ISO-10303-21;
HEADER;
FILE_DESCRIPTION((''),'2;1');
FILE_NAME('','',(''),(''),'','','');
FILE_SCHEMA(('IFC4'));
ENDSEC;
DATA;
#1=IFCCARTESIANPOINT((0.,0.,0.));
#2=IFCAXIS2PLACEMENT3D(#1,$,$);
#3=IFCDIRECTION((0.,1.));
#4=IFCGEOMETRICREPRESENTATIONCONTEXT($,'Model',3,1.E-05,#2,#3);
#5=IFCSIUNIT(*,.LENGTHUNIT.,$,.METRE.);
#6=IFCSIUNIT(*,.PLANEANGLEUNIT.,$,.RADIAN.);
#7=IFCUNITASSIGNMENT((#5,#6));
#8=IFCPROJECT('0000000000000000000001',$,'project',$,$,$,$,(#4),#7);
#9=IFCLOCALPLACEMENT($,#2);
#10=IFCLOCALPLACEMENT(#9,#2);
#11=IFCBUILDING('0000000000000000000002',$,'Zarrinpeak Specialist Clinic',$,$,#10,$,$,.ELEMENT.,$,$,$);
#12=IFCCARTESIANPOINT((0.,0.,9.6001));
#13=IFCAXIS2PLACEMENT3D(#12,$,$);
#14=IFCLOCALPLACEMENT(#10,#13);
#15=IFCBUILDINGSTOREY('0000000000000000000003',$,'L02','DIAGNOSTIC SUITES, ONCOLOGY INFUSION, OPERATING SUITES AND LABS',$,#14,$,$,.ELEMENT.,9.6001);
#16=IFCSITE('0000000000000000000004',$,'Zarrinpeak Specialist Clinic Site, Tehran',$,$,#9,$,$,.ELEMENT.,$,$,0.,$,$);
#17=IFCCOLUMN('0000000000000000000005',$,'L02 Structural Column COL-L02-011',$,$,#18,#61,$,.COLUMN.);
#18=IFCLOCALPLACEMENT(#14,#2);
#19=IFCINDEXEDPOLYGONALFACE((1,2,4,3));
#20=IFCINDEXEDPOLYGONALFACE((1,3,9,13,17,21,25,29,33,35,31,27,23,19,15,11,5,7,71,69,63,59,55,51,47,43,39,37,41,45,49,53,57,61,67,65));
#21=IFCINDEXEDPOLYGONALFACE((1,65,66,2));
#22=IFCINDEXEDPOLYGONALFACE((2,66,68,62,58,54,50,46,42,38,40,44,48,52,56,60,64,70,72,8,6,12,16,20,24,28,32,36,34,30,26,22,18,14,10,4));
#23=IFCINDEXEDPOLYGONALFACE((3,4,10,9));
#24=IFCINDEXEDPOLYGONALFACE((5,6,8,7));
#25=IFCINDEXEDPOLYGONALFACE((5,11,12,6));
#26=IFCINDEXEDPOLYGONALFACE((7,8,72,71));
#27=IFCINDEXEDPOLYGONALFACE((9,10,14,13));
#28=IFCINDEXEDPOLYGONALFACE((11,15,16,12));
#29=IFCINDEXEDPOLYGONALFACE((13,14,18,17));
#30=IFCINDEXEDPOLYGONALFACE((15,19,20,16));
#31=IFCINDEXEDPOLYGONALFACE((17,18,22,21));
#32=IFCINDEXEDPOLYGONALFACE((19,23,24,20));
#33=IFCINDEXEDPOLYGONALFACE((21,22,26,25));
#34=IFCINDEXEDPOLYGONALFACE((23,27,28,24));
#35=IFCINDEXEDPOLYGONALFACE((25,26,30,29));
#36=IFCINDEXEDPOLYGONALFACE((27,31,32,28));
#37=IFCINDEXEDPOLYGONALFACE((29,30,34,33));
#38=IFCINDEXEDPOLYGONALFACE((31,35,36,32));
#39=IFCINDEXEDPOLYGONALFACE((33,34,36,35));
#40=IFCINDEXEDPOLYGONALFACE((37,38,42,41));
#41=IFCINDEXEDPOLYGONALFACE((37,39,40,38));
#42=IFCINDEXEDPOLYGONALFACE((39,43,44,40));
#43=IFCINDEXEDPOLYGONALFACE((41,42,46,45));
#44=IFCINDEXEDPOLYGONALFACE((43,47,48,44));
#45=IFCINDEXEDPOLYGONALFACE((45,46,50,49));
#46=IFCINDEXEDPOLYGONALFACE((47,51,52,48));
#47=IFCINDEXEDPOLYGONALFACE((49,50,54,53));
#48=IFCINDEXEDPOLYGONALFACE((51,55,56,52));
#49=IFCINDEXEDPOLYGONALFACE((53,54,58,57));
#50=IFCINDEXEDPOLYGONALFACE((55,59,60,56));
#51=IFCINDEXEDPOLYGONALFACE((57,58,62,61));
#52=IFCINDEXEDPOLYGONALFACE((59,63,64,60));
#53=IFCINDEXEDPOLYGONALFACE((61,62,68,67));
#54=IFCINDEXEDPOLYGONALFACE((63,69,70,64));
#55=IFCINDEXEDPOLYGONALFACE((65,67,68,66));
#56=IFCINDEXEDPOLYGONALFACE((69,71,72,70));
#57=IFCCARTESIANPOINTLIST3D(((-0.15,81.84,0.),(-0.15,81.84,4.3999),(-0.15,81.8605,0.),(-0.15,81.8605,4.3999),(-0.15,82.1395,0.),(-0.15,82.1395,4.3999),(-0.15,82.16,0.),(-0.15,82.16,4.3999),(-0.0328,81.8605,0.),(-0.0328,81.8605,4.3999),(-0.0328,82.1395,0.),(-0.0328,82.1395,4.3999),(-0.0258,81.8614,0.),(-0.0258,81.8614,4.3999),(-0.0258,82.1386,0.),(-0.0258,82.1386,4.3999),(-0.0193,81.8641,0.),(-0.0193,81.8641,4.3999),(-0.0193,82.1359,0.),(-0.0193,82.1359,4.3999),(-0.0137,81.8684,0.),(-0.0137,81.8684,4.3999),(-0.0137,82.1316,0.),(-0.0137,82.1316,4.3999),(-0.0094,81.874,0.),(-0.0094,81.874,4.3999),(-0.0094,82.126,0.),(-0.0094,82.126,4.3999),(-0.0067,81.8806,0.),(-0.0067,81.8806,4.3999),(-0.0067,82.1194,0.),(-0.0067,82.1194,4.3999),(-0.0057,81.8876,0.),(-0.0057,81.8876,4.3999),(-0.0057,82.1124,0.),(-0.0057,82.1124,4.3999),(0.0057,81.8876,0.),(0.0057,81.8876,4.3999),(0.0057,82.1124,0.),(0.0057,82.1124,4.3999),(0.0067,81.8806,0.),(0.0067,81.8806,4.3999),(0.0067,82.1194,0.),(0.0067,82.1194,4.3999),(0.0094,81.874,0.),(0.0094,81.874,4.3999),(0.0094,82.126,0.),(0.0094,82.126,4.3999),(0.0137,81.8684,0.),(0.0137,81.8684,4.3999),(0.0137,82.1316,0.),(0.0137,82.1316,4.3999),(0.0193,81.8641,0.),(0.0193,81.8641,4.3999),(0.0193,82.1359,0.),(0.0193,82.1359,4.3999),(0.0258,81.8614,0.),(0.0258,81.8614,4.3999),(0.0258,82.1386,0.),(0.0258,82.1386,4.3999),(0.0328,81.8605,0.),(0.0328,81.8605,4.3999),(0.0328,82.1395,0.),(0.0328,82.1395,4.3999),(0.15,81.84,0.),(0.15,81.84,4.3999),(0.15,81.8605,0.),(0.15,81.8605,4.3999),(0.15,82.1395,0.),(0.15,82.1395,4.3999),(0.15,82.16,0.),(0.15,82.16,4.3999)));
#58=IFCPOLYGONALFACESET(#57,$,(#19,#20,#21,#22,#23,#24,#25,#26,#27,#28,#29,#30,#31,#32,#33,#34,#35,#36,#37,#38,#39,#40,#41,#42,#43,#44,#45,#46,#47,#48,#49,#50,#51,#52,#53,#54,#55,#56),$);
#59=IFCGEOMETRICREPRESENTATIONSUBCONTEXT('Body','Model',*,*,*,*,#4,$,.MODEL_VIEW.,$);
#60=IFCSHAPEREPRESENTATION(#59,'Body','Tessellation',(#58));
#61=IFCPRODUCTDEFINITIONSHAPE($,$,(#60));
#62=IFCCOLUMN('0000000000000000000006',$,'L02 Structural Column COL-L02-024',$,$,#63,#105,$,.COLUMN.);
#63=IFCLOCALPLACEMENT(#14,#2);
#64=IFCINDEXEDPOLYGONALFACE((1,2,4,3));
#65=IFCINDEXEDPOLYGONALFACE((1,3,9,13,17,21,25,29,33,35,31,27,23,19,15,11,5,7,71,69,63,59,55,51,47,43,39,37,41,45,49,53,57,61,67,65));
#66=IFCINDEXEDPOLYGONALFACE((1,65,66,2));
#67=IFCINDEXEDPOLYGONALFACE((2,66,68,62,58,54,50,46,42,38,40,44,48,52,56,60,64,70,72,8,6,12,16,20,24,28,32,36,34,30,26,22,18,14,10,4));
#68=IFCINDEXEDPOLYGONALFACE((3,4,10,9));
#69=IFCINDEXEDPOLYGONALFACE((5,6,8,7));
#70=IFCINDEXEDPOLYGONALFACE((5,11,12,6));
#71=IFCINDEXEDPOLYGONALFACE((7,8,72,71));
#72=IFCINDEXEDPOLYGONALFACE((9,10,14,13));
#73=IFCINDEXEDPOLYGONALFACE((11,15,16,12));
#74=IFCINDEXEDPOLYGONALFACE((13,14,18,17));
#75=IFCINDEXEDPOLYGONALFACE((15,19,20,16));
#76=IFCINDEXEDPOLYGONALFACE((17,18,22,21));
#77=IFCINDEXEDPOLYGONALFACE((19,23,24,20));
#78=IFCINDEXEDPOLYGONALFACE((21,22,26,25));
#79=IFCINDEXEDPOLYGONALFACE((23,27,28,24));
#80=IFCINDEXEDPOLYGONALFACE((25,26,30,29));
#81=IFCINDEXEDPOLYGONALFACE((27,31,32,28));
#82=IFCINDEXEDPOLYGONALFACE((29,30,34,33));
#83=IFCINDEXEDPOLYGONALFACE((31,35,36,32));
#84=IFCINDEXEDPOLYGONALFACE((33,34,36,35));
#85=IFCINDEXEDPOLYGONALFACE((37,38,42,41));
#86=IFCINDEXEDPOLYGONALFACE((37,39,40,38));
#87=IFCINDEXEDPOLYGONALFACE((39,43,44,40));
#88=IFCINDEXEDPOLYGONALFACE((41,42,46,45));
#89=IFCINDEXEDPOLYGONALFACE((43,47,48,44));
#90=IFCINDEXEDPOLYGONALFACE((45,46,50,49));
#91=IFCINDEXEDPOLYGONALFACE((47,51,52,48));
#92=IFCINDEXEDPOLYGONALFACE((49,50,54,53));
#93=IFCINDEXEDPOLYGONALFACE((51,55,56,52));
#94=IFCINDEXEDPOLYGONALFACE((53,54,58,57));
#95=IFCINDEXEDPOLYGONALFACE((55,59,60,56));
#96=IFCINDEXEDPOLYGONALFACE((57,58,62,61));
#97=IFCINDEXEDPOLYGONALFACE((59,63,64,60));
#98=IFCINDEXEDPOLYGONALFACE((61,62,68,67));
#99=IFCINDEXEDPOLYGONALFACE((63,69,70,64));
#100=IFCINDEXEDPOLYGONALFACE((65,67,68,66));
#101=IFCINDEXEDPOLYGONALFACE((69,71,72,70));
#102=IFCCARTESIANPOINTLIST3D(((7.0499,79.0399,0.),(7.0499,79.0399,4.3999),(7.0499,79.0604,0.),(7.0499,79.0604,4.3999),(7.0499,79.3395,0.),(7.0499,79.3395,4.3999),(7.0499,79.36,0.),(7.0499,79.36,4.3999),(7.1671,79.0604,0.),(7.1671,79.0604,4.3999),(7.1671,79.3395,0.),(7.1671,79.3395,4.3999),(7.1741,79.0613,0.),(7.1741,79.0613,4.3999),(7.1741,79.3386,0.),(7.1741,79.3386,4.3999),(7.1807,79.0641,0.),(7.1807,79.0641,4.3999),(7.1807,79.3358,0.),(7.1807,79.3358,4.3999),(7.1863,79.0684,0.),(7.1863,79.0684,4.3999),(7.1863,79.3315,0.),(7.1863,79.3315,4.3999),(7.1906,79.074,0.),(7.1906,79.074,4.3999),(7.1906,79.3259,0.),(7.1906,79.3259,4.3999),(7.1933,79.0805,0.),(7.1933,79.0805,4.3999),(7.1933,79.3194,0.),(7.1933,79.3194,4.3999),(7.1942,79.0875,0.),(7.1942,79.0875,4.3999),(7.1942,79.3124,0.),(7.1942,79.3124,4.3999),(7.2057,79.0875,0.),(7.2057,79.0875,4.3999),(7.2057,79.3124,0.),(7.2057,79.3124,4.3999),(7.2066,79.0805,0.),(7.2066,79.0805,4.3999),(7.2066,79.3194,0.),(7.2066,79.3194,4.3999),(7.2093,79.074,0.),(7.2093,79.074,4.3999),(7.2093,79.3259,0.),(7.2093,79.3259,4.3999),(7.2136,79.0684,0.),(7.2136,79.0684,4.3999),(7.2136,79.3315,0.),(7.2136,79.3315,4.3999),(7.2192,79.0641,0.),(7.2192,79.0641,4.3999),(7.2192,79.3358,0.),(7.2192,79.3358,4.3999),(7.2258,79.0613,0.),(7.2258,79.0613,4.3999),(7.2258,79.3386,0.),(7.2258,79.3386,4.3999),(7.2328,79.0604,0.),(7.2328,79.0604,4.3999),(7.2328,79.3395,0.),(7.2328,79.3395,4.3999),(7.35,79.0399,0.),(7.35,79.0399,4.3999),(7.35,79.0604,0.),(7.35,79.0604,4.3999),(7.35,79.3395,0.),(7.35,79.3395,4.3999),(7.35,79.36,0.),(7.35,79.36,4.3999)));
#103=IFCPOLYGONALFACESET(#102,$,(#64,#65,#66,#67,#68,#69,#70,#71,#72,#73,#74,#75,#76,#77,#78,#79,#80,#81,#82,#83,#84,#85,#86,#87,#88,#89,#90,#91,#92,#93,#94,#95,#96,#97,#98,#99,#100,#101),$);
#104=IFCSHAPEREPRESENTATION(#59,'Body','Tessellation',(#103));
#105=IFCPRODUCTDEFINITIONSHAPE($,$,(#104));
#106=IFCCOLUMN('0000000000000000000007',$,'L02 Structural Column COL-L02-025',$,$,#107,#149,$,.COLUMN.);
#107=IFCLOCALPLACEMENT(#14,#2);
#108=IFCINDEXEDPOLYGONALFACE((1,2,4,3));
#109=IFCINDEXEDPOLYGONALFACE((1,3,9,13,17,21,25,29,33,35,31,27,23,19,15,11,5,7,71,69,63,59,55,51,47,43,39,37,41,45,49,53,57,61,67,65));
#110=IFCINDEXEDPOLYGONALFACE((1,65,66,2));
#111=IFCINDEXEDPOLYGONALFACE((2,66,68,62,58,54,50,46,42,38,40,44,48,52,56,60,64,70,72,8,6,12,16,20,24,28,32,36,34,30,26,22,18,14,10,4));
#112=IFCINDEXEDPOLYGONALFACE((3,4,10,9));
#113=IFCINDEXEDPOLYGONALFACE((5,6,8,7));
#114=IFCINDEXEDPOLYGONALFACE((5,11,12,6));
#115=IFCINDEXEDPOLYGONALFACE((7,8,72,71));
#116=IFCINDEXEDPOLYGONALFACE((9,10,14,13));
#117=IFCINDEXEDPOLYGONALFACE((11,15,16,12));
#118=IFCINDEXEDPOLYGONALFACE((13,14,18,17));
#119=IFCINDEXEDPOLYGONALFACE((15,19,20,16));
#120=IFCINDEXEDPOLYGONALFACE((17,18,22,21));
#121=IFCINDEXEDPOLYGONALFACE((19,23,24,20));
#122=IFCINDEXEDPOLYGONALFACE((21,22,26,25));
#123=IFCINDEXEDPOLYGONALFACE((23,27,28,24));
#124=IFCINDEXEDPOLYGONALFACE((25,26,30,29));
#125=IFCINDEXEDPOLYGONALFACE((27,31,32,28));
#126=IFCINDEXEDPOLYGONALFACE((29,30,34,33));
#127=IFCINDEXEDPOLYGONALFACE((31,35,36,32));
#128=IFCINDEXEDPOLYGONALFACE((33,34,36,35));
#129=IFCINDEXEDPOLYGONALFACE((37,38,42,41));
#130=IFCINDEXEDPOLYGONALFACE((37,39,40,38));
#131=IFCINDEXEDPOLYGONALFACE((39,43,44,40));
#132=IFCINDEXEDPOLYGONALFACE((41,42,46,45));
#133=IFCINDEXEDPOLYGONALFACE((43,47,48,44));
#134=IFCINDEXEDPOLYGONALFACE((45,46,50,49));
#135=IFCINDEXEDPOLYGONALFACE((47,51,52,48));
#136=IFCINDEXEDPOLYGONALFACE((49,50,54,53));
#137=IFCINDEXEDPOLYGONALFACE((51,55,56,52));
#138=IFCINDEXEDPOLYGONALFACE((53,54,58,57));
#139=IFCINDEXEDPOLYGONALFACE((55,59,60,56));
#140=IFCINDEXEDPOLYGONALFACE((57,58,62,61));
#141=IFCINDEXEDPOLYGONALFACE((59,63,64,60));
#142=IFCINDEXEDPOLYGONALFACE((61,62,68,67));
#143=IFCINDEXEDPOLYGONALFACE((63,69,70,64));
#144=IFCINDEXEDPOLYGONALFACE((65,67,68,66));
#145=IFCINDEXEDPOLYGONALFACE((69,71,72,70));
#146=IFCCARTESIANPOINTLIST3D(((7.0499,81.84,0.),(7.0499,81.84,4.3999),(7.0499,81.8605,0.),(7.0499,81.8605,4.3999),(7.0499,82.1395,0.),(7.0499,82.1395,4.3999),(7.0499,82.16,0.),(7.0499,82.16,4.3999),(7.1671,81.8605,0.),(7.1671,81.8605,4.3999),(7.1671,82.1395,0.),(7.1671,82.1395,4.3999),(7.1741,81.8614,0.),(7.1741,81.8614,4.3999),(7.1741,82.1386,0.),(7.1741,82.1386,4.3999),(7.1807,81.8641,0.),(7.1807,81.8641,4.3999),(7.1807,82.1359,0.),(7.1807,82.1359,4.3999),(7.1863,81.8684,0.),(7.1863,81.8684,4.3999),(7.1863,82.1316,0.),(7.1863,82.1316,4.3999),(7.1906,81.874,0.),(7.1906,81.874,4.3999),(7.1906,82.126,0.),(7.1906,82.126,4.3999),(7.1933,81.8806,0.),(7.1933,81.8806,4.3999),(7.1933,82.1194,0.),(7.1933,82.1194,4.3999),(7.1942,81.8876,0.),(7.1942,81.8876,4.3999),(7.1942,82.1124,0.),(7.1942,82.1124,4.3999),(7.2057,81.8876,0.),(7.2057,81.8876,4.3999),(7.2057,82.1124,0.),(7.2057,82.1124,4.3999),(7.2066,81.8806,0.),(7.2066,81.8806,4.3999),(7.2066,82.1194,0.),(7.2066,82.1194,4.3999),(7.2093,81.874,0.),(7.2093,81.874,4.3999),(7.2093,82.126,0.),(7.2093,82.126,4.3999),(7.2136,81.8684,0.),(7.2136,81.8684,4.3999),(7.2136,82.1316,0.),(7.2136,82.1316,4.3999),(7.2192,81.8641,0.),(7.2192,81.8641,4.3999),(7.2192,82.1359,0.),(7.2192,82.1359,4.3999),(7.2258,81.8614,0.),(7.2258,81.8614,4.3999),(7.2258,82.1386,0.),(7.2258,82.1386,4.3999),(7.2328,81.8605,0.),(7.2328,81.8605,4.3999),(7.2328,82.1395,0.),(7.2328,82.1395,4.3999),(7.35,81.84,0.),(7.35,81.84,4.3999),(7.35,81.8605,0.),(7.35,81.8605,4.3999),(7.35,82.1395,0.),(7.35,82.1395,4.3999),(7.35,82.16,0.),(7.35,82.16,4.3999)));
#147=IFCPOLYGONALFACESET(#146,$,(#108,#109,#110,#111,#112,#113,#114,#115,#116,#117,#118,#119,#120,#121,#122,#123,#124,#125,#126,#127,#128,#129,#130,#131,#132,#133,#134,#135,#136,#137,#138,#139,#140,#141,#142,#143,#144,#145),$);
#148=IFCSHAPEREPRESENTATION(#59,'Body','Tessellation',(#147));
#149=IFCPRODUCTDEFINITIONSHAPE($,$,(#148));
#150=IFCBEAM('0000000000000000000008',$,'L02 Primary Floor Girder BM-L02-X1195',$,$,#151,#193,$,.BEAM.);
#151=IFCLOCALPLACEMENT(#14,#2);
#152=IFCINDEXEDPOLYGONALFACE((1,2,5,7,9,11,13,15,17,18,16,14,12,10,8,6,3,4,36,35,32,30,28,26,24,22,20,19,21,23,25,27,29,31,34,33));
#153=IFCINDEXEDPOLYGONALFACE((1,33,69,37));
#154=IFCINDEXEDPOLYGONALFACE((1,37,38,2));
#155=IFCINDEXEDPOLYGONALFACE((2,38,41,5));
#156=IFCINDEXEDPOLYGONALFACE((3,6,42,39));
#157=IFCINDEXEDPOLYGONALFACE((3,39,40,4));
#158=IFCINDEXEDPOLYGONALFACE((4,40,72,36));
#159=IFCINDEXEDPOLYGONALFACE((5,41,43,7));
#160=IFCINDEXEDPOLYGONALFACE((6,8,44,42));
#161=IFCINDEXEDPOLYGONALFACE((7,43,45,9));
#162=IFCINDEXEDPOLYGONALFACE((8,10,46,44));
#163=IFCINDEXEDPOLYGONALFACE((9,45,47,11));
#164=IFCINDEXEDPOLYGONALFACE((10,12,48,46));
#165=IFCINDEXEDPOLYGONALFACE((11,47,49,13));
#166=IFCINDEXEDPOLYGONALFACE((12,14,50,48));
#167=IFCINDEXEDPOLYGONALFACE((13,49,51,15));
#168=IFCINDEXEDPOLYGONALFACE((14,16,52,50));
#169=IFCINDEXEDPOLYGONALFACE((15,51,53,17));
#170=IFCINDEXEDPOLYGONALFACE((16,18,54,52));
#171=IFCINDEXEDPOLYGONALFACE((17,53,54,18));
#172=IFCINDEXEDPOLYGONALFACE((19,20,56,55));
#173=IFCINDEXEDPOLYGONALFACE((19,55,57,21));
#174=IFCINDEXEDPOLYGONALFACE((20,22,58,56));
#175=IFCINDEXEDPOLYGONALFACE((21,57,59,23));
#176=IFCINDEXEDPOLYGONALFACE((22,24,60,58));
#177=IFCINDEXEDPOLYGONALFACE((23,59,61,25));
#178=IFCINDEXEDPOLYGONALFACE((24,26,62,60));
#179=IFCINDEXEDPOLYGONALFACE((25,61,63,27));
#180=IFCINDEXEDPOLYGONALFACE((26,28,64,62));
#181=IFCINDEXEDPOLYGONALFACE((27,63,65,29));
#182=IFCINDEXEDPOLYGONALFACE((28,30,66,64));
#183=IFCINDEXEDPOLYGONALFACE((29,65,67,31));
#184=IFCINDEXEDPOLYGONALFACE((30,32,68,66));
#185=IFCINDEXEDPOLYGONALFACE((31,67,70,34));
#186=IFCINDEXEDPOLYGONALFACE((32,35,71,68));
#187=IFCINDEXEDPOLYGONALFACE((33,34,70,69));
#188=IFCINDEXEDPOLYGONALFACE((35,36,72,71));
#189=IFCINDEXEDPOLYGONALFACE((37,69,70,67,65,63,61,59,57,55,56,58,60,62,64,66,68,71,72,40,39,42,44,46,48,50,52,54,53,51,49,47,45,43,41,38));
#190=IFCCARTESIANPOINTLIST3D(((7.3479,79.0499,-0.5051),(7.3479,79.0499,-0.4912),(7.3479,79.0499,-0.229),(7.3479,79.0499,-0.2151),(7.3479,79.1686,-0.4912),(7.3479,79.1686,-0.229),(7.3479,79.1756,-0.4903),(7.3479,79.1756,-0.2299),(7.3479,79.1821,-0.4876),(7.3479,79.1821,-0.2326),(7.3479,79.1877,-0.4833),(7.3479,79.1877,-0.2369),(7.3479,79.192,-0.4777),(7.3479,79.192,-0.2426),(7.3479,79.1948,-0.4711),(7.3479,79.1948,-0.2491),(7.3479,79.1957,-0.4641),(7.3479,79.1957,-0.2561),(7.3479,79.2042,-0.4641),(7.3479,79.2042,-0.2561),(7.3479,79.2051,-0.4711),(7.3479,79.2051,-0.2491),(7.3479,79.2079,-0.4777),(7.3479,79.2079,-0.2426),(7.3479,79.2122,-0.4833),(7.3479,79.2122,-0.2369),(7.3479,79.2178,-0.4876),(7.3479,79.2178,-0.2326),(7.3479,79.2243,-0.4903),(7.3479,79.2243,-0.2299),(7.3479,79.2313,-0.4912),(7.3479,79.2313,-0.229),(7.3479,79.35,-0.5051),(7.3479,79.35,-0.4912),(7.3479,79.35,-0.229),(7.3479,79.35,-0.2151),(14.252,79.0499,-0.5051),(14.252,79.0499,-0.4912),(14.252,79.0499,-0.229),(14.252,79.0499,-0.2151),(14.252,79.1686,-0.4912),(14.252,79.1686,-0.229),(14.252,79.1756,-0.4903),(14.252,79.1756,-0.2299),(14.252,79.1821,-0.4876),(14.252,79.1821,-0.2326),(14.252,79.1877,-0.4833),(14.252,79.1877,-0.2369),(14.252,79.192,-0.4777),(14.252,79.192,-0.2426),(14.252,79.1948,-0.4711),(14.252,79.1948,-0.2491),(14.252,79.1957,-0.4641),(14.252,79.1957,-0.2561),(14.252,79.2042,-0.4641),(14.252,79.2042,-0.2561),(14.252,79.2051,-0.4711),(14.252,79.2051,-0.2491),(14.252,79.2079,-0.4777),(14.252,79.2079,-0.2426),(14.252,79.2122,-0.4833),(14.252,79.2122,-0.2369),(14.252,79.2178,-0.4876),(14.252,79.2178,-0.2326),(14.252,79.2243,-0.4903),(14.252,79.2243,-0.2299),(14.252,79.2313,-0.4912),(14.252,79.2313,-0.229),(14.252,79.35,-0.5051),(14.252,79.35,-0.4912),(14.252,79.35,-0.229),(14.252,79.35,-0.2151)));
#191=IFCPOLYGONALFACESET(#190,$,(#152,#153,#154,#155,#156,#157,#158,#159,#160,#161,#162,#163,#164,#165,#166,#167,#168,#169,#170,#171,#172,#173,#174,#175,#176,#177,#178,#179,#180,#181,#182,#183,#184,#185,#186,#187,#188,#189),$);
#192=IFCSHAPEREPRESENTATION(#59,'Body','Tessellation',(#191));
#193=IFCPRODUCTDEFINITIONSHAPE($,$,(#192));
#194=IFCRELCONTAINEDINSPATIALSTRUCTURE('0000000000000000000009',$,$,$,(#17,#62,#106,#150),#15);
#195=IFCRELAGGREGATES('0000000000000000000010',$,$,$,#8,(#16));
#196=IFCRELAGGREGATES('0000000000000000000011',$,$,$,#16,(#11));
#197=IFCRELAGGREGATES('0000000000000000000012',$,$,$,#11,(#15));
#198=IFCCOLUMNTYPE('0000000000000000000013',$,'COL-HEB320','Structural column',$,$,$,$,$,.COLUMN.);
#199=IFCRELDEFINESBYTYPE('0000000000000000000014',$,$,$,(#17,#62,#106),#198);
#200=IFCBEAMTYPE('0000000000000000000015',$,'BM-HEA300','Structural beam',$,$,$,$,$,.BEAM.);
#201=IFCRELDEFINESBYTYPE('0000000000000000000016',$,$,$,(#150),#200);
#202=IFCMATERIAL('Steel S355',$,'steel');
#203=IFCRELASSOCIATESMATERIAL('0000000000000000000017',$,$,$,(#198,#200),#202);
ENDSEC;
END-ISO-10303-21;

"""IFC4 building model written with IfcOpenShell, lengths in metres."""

from ifc_helpers import new_model, si_unit, direction, frame, origin, origin_2d, place, context, subcontext, project, spatial, i_section, extrude, material, material_profile, profile_set, type_object, element, save


model = new_model("IFC4")

# Units and contexts
model_context = context("Model", 3, precision=1e-05, world=origin(), true_north=direction((0.0, 1.0)))
body_context = subcontext(model_context, "Body", "Model", "MODEL_VIEW")
ifc_project = project(units=[si_unit("LENGTHUNIT", "METRE"), si_unit("PLANEANGLEUNIT", "RADIAN")], contexts=[model_context])

# Site, building, storey
site_placement = place(None, origin())
site = spatial("IfcSite", under=ifc_project, at=site_placement, Name="Zarrinpeak Specialist Clinic Site, Tehran", CompositionType="ELEMENT", RefElevation=0.0)
building_placement = place(site_placement, origin())
building = spatial("IfcBuilding", under=site, at=building_placement, Name="Zarrinpeak Specialist Clinic", CompositionType="ELEMENT")
storey_placement = place(building_placement, frame((0.0, 0.0, 9.6001)))
storey = spatial("IfcBuildingStorey", under=building, at=storey_placement, Name="L02", Description="DIAGNOSTIC SUITES, ONCOLOGY INFUSION, OPERATING SUITES AND LABS", CompositionType="ELEMENT", Elevation=9.6001)

# Columns
ifc_material_1 = material(Name="Steel S355", Category="steel")
ifc_material_profile_1 = material_profile(ifc_material_1, i_section(OverallWidth=0.3, OverallDepth=0.3201, WebThickness=0.0115, FlangeThickness=0.0205, FilletRadius=0.0271, at=origin_2d()), Name="HEB 320")
ifc_profile_set_1 = profile_set([ifc_material_profile_1], Name="Steel S355")
column_type = type_object("IfcColumnType", Name="COL-HEB320", Description="Structural column", PredefinedType="COLUMN", material=ifc_profile_set_1)
for number, where, z_axis, x_axis, name in (
    (1, (0.0, 82.0, 0.0), (0.0, 0.0, 1.0), (1.0, 0.0, 0.0), "L02 Structural Column COL-L02-011"),
    (2, (7.2, 79.2, 0.0), (0.0, 0.0, 1.0), (1.0, 0.0, 0.0), "L02 Structural Column COL-L02-024"),
    (3, (7.2, 82.0, 0.0), (0.0, 0.0, 1.0), (1.0, 0.0, 0.0), "L02 Structural Column COL-L02-025"),
):
    element("IfcColumn", number, at=place(storey_placement, frame(where, z_axis=z_axis, x_axis=x_axis)), inside=storey, type_object=column_type, Name=name, PredefinedType="COLUMN", context=body_context, shape_type="SweptSolid", body=[
        extrude(i_section(OverallWidth=0.3, OverallDepth=0.3201, WebThickness=0.0115, FlangeThickness=0.0205, FilletRadius=0.0271, at=origin_2d()), origin(), (0.0, 0.0, 1.0), 4.3999),
    ])

# Beam
ifc_material_profile_2 = material_profile(ifc_material_1, i_section(OverallWidth=0.3, OverallDepth=0.29, WebThickness=0.0085, FlangeThickness=0.0139, FilletRadius=0.0271, at=origin_2d()), Name="HEA 300")
ifc_profile_set_2 = profile_set([ifc_material_profile_2], Name="Steel S355")
beam_type = type_object("IfcBeamType", Name="BM-HEA300", Description="Structural beam", PredefinedType="BEAM", material=ifc_profile_set_2)
for number, where, z_axis, x_axis, name in (
    (4, (7.3479, 79.2, -0.3601), (1.0, 0.0, 0.0), (0.0, 1.0, 0.0), "L02 Primary Floor Girder BM-L02-X1195"),
):
    element("IfcBeam", number, at=place(storey_placement, frame(where, z_axis=z_axis, x_axis=x_axis)), inside=storey, type_object=beam_type, Name=name, PredefinedType="BEAM", context=body_context, shape_type="SweptSolid", body=[
        extrude(i_section(OverallWidth=0.3, OverallDepth=0.29, WebThickness=0.0085, FlangeThickness=0.0139, FilletRadius=0.0271, at=origin_2d()), origin(), (0.0, 0.0, 1.0), 6.9041),
    ])

save(model, "model.ifc")
